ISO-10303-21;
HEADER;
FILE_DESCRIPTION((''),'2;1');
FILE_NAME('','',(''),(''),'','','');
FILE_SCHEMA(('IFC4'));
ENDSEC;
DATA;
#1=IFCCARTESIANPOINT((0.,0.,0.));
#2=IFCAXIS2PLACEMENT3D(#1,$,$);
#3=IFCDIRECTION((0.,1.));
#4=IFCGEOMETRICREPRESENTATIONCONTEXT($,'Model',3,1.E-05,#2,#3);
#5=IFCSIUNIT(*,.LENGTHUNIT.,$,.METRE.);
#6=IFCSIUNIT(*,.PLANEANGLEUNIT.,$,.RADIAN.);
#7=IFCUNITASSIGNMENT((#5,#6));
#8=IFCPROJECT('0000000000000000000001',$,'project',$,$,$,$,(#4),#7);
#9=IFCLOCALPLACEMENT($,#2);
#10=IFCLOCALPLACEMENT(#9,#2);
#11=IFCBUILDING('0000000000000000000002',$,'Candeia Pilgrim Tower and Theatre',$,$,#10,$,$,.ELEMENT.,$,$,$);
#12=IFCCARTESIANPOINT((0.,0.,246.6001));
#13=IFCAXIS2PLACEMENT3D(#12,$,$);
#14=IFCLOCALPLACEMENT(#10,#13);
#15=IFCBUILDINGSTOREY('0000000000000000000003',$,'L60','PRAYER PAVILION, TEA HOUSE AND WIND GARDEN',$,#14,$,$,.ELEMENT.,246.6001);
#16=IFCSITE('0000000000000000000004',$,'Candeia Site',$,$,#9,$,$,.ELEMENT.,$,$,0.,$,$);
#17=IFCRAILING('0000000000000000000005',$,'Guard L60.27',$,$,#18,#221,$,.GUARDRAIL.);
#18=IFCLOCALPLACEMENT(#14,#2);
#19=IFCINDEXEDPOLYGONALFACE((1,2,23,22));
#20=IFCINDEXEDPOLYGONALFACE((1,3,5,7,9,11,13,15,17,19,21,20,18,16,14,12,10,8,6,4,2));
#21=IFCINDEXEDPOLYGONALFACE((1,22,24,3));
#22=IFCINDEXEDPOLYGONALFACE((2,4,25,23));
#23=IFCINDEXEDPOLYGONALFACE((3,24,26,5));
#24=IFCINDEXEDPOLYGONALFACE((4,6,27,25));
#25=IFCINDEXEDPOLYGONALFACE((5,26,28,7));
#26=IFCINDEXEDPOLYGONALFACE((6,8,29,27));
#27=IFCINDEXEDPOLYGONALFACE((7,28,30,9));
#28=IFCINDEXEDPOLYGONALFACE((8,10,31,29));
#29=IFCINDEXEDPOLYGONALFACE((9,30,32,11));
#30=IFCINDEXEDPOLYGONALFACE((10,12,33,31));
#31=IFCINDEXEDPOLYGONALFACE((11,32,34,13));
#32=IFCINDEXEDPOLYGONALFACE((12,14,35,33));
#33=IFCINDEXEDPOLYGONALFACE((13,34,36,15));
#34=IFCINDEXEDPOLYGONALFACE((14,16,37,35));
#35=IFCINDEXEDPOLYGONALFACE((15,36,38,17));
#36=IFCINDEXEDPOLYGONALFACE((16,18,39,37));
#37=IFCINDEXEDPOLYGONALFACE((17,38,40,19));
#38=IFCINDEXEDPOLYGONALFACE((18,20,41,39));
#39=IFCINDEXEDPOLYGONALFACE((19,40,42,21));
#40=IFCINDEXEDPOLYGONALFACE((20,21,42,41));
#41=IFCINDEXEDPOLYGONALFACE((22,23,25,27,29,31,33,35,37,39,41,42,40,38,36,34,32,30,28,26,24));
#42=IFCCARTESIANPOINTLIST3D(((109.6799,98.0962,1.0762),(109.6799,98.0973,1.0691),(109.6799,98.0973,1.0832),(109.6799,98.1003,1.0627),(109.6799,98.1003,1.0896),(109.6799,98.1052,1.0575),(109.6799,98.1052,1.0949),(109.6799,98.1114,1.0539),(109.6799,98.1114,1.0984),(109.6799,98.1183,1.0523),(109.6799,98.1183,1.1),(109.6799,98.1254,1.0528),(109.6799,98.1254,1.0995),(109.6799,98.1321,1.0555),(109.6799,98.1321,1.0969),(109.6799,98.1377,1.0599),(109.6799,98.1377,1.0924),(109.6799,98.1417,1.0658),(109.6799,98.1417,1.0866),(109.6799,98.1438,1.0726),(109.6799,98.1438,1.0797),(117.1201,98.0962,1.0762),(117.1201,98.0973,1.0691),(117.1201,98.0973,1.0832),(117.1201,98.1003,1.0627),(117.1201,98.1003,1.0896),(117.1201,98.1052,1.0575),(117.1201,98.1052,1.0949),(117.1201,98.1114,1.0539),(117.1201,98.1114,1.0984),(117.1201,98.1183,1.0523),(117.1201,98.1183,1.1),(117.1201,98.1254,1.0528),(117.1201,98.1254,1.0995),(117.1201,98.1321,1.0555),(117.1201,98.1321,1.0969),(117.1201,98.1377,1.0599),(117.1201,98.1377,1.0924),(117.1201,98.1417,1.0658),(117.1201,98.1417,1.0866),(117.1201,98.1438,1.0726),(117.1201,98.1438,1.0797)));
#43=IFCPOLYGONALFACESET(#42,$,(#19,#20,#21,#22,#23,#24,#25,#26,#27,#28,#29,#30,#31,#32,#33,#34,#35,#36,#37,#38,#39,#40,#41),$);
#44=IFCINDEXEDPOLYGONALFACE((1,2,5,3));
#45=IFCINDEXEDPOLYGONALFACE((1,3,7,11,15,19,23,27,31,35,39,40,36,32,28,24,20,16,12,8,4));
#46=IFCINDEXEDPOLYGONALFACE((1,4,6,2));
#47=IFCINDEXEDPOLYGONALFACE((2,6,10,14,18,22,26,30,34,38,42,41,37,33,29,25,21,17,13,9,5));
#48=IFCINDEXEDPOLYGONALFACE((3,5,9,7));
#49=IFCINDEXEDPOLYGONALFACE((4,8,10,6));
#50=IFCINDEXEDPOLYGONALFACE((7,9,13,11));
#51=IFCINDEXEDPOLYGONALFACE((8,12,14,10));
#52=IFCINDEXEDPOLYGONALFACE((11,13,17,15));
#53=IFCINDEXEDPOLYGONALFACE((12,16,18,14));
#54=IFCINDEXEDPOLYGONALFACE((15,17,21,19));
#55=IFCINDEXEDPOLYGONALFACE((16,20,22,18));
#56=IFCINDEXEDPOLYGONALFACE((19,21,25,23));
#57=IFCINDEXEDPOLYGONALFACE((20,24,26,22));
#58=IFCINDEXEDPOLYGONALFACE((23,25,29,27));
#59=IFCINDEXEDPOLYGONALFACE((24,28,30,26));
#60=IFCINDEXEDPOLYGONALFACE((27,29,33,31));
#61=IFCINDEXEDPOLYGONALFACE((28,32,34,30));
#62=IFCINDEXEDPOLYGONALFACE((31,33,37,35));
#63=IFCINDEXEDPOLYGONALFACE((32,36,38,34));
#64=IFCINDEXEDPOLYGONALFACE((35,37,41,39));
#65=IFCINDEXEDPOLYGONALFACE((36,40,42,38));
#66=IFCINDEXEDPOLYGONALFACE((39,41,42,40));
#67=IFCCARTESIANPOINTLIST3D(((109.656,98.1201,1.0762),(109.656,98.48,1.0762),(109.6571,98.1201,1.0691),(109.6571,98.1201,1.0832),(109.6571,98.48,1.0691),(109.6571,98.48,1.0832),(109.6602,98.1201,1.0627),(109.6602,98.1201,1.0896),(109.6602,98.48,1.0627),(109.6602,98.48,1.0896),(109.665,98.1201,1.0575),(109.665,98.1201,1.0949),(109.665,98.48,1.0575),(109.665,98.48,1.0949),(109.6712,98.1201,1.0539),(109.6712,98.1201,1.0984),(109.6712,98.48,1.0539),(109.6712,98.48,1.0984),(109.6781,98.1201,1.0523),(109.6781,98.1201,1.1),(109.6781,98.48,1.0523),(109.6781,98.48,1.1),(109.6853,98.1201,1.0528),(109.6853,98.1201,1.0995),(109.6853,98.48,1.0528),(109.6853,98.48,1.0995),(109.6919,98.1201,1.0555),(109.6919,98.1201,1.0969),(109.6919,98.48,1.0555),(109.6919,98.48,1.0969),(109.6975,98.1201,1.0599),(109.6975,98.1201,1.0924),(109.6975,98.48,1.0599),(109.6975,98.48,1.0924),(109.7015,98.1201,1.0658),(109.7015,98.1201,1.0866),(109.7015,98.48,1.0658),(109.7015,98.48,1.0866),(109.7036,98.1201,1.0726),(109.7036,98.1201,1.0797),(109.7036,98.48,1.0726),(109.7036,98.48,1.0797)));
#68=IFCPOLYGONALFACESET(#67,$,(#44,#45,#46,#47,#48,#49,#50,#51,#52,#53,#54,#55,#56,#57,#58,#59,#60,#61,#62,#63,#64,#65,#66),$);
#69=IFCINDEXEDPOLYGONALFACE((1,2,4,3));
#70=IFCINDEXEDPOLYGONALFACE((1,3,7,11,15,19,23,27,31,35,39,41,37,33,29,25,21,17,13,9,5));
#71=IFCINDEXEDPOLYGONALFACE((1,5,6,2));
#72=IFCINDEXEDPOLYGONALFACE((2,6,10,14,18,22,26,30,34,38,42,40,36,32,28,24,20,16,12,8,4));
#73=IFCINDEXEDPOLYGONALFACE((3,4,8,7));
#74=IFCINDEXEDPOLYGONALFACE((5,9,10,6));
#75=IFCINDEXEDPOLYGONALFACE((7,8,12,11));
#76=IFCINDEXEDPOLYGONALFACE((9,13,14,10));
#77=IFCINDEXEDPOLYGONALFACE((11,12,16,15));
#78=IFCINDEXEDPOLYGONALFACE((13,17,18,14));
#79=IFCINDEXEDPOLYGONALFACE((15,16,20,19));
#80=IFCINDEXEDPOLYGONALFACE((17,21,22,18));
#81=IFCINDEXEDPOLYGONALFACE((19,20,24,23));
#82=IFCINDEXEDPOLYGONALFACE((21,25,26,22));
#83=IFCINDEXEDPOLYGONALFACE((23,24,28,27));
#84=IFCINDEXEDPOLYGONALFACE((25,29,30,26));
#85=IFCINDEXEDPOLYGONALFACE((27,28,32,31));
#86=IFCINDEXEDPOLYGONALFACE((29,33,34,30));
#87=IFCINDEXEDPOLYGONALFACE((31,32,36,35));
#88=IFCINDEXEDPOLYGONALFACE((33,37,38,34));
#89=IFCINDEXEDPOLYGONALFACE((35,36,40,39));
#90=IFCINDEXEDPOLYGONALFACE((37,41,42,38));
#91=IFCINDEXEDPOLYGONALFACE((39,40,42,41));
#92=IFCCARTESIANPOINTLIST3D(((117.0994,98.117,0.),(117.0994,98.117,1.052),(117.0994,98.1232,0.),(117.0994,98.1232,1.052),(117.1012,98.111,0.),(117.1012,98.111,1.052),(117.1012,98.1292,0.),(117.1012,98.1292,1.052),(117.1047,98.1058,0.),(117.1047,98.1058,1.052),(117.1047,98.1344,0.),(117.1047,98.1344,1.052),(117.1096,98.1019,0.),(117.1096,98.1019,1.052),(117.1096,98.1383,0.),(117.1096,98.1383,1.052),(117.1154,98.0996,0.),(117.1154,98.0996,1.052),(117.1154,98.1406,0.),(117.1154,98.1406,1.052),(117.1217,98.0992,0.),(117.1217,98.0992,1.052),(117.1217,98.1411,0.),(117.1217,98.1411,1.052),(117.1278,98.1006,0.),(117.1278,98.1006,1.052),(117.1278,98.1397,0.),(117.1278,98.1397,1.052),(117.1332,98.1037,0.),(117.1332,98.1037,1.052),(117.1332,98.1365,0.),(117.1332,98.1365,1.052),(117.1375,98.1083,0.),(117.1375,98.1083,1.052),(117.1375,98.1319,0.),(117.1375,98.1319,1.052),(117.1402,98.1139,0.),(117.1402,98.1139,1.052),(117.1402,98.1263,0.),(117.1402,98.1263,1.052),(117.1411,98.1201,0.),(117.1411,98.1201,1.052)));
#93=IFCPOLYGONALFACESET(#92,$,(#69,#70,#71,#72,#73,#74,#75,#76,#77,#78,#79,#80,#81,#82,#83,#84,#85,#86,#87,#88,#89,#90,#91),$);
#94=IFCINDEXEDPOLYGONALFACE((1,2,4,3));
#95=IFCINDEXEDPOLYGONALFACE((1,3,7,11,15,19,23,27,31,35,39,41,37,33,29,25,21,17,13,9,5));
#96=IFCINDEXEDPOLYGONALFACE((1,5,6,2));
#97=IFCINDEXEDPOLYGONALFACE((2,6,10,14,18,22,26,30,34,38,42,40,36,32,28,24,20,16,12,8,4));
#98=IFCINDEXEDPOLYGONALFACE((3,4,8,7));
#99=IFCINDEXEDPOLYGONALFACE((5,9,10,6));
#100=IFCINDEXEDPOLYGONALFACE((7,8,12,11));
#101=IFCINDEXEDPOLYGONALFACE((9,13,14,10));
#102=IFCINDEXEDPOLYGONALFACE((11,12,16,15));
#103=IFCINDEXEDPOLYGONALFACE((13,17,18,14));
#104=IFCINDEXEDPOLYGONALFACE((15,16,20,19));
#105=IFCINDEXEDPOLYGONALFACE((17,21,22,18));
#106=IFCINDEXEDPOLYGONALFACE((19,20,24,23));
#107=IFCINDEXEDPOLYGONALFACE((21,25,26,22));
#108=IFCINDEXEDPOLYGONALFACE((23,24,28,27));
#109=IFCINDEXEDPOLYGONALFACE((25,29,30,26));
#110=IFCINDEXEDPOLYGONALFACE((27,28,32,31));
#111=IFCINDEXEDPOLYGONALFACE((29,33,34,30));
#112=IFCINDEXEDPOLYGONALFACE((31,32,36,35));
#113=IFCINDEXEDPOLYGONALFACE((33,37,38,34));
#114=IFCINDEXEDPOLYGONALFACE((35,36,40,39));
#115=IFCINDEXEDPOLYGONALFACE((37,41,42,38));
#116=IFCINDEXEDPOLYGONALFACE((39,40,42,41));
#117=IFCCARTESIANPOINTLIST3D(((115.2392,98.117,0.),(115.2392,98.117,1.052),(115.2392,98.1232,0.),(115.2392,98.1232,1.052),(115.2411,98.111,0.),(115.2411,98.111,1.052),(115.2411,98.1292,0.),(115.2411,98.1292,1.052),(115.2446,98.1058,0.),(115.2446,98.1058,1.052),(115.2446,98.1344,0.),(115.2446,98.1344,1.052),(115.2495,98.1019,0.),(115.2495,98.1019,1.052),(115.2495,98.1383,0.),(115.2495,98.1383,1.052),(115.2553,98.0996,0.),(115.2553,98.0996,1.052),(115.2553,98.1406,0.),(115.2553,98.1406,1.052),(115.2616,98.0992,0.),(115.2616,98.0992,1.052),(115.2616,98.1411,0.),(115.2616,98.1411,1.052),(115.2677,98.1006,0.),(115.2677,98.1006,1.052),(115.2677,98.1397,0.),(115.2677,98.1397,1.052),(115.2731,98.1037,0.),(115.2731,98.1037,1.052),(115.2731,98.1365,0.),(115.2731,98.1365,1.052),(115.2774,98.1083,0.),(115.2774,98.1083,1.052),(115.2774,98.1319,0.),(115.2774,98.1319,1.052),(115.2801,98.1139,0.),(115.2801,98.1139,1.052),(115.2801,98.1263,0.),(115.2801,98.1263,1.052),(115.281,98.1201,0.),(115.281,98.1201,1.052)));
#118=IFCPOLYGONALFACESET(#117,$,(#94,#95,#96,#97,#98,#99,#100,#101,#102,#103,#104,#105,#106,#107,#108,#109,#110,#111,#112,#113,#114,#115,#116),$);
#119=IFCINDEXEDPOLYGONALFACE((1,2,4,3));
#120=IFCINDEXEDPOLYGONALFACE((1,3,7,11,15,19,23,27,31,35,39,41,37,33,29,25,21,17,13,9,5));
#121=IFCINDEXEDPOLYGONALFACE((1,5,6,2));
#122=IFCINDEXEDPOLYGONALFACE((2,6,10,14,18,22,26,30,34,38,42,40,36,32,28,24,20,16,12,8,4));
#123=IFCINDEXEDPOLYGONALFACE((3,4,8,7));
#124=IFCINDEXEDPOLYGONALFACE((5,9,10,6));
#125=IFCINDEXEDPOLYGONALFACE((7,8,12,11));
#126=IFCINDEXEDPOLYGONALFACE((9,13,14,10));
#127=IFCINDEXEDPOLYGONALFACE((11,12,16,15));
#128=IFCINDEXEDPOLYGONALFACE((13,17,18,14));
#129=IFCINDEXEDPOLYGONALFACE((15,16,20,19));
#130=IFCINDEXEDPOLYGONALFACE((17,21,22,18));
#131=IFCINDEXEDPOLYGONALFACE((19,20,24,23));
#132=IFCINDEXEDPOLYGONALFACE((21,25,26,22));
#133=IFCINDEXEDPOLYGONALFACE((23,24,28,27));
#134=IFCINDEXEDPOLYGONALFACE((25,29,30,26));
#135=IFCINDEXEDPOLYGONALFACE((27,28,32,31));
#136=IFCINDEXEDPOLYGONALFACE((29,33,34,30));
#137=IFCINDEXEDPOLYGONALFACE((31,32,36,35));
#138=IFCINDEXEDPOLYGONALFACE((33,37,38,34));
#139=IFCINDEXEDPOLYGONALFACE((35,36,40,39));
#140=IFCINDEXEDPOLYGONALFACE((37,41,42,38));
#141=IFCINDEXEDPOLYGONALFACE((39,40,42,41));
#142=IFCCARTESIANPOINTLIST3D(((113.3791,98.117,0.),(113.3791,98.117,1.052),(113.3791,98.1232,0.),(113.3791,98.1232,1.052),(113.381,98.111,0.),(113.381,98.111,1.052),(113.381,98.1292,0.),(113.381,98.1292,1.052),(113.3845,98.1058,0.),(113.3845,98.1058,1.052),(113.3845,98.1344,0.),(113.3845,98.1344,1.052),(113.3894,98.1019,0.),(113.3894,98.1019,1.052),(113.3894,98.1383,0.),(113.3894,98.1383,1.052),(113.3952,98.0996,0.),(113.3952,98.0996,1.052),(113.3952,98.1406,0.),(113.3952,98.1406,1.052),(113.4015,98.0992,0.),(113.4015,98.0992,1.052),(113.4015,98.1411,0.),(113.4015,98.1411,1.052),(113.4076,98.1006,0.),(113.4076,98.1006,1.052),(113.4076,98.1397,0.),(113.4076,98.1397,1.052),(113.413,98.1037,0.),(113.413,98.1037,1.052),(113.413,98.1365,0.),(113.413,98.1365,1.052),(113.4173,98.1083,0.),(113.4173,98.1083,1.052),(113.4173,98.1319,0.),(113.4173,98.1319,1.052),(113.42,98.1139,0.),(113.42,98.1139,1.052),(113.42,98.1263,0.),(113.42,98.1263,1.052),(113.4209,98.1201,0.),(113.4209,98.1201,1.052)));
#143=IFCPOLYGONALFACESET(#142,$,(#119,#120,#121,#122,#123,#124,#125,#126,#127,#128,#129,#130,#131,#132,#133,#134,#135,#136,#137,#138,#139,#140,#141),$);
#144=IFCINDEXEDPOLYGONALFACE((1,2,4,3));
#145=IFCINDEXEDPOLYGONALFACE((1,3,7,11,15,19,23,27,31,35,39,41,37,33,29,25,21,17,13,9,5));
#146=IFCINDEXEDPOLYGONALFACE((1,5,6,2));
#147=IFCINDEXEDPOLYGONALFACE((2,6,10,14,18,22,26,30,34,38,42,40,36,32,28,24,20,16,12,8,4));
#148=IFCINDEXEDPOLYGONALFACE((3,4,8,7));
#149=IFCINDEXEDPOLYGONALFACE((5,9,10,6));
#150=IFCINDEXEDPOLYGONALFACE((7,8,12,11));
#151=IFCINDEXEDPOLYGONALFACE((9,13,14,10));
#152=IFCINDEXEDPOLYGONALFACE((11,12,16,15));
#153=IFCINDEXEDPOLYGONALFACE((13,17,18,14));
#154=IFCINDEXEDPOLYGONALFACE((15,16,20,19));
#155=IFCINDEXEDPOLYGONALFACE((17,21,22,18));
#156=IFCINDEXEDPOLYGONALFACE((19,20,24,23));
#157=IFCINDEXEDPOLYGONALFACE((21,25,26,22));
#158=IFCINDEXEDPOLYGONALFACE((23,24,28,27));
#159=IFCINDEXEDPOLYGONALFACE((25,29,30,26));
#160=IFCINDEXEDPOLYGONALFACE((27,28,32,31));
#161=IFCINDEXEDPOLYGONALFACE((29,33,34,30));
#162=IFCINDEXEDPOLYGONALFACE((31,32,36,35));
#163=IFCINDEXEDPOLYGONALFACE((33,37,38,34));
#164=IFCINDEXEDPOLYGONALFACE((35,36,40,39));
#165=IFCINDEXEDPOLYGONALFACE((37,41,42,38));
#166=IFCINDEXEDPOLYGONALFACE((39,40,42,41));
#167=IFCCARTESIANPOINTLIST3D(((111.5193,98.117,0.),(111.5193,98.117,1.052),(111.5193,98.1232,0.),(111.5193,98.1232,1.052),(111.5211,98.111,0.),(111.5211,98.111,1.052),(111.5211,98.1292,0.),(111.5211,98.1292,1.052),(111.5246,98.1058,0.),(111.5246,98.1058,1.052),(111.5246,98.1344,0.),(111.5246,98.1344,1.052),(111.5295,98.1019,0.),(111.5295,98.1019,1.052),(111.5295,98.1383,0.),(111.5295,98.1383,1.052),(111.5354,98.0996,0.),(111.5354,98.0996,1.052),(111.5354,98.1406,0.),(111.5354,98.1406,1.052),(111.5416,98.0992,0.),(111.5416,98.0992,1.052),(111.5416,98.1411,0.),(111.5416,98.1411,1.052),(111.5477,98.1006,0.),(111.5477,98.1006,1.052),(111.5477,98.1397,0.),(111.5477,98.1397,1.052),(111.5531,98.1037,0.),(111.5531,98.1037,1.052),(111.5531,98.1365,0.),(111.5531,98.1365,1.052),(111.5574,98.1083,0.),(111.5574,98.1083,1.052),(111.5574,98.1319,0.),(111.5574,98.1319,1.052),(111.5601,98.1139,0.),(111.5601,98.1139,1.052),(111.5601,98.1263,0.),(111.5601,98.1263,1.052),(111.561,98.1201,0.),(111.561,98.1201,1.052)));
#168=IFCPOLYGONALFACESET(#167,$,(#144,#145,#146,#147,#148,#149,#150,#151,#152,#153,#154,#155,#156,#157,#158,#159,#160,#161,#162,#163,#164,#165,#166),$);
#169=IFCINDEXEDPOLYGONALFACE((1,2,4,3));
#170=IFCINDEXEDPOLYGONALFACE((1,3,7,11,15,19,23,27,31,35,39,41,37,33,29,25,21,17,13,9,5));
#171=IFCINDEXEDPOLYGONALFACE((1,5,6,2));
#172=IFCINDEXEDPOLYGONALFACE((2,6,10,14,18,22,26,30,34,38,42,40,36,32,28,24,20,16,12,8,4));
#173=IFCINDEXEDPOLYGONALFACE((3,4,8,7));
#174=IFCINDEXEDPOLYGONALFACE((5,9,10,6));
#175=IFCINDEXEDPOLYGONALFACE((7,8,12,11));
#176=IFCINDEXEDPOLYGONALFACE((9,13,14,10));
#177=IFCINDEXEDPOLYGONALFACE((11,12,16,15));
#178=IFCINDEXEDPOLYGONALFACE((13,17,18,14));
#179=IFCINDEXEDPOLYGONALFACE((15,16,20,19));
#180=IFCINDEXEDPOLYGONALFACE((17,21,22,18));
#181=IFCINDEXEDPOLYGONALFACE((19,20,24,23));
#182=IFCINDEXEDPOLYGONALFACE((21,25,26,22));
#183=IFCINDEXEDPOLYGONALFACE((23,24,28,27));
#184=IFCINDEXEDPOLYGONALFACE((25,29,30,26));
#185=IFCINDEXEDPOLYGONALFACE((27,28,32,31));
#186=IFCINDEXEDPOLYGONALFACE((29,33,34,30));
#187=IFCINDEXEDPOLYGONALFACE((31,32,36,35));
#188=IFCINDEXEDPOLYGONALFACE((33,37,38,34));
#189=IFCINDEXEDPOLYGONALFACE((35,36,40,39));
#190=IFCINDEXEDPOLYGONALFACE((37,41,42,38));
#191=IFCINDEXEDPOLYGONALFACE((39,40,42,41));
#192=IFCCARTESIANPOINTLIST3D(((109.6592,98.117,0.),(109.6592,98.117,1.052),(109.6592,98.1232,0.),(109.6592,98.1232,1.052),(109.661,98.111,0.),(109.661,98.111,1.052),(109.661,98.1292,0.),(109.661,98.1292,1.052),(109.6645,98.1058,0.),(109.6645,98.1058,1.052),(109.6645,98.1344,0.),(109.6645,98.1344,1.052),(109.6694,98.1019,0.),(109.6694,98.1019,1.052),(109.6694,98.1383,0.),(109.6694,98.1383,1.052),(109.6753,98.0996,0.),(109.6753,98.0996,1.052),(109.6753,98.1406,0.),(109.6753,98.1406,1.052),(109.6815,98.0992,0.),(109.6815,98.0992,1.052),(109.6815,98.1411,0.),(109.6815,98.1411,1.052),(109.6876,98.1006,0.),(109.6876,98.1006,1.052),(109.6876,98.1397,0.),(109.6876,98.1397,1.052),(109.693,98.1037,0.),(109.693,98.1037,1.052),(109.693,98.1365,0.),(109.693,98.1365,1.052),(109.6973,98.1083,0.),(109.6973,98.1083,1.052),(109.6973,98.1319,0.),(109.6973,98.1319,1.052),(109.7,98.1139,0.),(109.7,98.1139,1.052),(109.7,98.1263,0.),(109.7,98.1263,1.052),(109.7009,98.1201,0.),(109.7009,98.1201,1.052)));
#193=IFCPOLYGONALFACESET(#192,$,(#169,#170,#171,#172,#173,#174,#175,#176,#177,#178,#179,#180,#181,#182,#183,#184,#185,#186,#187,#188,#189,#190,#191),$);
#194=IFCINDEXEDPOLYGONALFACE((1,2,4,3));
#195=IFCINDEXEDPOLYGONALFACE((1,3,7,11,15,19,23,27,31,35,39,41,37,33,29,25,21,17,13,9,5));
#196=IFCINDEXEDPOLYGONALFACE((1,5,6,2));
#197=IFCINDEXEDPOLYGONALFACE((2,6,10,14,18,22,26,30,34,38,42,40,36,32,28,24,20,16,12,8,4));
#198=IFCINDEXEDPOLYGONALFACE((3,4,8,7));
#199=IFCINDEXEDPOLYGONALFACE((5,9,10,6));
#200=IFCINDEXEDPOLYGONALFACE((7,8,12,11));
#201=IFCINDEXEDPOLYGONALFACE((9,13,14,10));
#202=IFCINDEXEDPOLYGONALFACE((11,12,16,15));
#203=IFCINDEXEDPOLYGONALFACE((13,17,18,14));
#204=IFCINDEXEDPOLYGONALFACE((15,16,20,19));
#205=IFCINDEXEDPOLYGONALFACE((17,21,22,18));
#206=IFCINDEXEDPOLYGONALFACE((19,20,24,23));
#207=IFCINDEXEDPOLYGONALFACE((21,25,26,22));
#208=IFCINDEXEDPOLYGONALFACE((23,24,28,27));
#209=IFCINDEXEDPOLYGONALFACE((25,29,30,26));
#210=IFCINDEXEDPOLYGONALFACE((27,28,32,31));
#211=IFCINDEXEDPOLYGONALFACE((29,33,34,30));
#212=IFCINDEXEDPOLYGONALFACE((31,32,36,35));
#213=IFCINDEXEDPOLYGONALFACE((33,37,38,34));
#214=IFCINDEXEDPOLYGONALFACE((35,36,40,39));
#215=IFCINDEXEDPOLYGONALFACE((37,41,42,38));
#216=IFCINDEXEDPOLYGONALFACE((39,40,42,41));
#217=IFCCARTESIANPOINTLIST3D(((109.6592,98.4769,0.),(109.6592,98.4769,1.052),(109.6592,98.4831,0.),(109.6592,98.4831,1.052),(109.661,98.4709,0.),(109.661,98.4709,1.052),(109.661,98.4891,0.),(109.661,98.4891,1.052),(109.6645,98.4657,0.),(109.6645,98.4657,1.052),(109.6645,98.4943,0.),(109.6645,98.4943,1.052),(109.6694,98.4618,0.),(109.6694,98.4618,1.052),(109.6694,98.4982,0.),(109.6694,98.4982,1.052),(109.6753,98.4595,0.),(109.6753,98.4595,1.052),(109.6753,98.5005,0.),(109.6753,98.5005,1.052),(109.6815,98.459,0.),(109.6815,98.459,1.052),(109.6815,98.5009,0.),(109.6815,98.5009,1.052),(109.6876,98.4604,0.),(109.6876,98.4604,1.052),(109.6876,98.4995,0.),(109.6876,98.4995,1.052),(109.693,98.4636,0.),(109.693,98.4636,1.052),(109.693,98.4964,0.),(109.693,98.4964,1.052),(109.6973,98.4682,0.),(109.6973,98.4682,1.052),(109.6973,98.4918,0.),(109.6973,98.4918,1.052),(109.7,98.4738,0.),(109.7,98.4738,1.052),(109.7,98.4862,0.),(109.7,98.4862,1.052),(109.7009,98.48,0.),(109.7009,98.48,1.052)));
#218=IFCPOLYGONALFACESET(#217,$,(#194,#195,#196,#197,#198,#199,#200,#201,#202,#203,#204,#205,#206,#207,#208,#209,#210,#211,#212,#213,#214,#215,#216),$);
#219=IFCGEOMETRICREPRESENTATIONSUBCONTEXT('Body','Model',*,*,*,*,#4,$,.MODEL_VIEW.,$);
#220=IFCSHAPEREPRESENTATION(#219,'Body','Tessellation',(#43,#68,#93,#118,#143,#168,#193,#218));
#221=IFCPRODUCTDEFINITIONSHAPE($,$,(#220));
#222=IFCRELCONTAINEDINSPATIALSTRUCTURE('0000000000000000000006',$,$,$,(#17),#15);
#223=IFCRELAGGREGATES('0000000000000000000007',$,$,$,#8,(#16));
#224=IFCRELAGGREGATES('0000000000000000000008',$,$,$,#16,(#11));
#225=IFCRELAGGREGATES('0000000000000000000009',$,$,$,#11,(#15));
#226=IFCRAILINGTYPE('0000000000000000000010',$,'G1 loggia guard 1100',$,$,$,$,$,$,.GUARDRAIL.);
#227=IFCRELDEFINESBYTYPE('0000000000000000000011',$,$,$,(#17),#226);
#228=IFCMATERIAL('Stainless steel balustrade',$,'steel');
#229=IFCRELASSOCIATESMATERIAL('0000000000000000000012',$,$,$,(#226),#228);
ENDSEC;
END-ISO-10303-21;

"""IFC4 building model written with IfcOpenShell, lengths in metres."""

from ifc_helpers import new_model, si_unit, direction, frame, origin, origin_2d, place, context, subcontext, project, spatial, circle, extrude, material, type_object, element, save


model = new_model("IFC4")

# Units and contexts
model_context = context("Model", 3, precision=1e-05, world=origin(), true_north=direction((0.0, 1.0)))
body_context = subcontext(model_context, "Body", "Model", "MODEL_VIEW")
ifc_project = project(units=[si_unit("LENGTHUNIT", "METRE"), si_unit("PLANEANGLEUNIT", "RADIAN")], contexts=[model_context])

# Site, building, storey
site_placement = place(None, origin())
site = spatial("IfcSite", under=ifc_project, at=site_placement, Name="Candeia Site", CompositionType="ELEMENT", RefElevation=0.0)
building_placement = place(site_placement, origin())
building = spatial("IfcBuilding", under=site, at=building_placement, Name="Candeia Pilgrim Tower and Theatre", CompositionType="ELEMENT")
storey_placement = place(building_placement, frame((0.0, 0.0, 246.6001)))
storey = spatial("IfcBuildingStorey", under=building, at=storey_placement, Name="L60", Description="PRAYER PAVILION, TEA HOUSE AND WIND GARDEN", CompositionType="ELEMENT", Elevation=246.6001)

# Railing
ifc_material_1 = material(Name="Stainless steel balustrade", Category="steel")
railing_type = type_object("IfcRailingType", Name="G1 loggia guard 1100", PredefinedType="GUARDRAIL", material=ifc_material_1)
railing_1_placement = place(storey_placement, frame((117.1201, 98.1201, 0.0)))
element("IfcRailing", 1, at=railing_1_placement, inside=storey, type_object=railing_type, Name="Guard L60.27", PredefinedType="GUARDRAIL", context=body_context, shape_type="SweptSolid", body=[
    extrude(circle(Radius=0.0239, at=origin_2d()), frame((0.0, 0.0, 1.0762), z_axis=(-1.0, 0.0, 0.0), x_axis=(0.0, -1.0, 0.0)), (0.0, 0.0, 1.0), 7.4402),
    extrude(circle(Radius=0.0239, at=origin_2d()), frame((-7.4402, 0.0, 1.0762), z_axis=(0.0, 1.0, 0.0), x_axis=(-1.0, 0.0, 0.0)), (0.0, 0.0, 1.0), 0.3599),
    extrude(circle(Radius=0.021, at=origin_2d()), origin(), (0.0, 0.0, 1.0), 1.052),
    extrude(circle(Radius=0.021, at=origin_2d()), frame((-1.8601, 0.0, 0.0)), (0.0, 0.0, 1.0), 1.052),
    extrude(circle(Radius=0.021, at=origin_2d()), frame((-3.7202, 0.0, 0.0)), (0.0, 0.0, 1.0), 1.052),
    extrude(circle(Radius=0.021, at=origin_2d()), frame((-5.5801, 0.0, 0.0)), (0.0, 0.0, 1.0), 1.052),
    extrude(circle(Radius=0.021, at=origin_2d()), frame((-7.4402, 0.0, 0.0)), (0.0, 0.0, 1.0), 1.052),
    extrude(circle(Radius=0.021, at=origin_2d()), frame((-7.4402, 0.3599, 0.0)), (0.0, 0.0, 1.0), 1.052),
])

save(model, "model.ifc")
